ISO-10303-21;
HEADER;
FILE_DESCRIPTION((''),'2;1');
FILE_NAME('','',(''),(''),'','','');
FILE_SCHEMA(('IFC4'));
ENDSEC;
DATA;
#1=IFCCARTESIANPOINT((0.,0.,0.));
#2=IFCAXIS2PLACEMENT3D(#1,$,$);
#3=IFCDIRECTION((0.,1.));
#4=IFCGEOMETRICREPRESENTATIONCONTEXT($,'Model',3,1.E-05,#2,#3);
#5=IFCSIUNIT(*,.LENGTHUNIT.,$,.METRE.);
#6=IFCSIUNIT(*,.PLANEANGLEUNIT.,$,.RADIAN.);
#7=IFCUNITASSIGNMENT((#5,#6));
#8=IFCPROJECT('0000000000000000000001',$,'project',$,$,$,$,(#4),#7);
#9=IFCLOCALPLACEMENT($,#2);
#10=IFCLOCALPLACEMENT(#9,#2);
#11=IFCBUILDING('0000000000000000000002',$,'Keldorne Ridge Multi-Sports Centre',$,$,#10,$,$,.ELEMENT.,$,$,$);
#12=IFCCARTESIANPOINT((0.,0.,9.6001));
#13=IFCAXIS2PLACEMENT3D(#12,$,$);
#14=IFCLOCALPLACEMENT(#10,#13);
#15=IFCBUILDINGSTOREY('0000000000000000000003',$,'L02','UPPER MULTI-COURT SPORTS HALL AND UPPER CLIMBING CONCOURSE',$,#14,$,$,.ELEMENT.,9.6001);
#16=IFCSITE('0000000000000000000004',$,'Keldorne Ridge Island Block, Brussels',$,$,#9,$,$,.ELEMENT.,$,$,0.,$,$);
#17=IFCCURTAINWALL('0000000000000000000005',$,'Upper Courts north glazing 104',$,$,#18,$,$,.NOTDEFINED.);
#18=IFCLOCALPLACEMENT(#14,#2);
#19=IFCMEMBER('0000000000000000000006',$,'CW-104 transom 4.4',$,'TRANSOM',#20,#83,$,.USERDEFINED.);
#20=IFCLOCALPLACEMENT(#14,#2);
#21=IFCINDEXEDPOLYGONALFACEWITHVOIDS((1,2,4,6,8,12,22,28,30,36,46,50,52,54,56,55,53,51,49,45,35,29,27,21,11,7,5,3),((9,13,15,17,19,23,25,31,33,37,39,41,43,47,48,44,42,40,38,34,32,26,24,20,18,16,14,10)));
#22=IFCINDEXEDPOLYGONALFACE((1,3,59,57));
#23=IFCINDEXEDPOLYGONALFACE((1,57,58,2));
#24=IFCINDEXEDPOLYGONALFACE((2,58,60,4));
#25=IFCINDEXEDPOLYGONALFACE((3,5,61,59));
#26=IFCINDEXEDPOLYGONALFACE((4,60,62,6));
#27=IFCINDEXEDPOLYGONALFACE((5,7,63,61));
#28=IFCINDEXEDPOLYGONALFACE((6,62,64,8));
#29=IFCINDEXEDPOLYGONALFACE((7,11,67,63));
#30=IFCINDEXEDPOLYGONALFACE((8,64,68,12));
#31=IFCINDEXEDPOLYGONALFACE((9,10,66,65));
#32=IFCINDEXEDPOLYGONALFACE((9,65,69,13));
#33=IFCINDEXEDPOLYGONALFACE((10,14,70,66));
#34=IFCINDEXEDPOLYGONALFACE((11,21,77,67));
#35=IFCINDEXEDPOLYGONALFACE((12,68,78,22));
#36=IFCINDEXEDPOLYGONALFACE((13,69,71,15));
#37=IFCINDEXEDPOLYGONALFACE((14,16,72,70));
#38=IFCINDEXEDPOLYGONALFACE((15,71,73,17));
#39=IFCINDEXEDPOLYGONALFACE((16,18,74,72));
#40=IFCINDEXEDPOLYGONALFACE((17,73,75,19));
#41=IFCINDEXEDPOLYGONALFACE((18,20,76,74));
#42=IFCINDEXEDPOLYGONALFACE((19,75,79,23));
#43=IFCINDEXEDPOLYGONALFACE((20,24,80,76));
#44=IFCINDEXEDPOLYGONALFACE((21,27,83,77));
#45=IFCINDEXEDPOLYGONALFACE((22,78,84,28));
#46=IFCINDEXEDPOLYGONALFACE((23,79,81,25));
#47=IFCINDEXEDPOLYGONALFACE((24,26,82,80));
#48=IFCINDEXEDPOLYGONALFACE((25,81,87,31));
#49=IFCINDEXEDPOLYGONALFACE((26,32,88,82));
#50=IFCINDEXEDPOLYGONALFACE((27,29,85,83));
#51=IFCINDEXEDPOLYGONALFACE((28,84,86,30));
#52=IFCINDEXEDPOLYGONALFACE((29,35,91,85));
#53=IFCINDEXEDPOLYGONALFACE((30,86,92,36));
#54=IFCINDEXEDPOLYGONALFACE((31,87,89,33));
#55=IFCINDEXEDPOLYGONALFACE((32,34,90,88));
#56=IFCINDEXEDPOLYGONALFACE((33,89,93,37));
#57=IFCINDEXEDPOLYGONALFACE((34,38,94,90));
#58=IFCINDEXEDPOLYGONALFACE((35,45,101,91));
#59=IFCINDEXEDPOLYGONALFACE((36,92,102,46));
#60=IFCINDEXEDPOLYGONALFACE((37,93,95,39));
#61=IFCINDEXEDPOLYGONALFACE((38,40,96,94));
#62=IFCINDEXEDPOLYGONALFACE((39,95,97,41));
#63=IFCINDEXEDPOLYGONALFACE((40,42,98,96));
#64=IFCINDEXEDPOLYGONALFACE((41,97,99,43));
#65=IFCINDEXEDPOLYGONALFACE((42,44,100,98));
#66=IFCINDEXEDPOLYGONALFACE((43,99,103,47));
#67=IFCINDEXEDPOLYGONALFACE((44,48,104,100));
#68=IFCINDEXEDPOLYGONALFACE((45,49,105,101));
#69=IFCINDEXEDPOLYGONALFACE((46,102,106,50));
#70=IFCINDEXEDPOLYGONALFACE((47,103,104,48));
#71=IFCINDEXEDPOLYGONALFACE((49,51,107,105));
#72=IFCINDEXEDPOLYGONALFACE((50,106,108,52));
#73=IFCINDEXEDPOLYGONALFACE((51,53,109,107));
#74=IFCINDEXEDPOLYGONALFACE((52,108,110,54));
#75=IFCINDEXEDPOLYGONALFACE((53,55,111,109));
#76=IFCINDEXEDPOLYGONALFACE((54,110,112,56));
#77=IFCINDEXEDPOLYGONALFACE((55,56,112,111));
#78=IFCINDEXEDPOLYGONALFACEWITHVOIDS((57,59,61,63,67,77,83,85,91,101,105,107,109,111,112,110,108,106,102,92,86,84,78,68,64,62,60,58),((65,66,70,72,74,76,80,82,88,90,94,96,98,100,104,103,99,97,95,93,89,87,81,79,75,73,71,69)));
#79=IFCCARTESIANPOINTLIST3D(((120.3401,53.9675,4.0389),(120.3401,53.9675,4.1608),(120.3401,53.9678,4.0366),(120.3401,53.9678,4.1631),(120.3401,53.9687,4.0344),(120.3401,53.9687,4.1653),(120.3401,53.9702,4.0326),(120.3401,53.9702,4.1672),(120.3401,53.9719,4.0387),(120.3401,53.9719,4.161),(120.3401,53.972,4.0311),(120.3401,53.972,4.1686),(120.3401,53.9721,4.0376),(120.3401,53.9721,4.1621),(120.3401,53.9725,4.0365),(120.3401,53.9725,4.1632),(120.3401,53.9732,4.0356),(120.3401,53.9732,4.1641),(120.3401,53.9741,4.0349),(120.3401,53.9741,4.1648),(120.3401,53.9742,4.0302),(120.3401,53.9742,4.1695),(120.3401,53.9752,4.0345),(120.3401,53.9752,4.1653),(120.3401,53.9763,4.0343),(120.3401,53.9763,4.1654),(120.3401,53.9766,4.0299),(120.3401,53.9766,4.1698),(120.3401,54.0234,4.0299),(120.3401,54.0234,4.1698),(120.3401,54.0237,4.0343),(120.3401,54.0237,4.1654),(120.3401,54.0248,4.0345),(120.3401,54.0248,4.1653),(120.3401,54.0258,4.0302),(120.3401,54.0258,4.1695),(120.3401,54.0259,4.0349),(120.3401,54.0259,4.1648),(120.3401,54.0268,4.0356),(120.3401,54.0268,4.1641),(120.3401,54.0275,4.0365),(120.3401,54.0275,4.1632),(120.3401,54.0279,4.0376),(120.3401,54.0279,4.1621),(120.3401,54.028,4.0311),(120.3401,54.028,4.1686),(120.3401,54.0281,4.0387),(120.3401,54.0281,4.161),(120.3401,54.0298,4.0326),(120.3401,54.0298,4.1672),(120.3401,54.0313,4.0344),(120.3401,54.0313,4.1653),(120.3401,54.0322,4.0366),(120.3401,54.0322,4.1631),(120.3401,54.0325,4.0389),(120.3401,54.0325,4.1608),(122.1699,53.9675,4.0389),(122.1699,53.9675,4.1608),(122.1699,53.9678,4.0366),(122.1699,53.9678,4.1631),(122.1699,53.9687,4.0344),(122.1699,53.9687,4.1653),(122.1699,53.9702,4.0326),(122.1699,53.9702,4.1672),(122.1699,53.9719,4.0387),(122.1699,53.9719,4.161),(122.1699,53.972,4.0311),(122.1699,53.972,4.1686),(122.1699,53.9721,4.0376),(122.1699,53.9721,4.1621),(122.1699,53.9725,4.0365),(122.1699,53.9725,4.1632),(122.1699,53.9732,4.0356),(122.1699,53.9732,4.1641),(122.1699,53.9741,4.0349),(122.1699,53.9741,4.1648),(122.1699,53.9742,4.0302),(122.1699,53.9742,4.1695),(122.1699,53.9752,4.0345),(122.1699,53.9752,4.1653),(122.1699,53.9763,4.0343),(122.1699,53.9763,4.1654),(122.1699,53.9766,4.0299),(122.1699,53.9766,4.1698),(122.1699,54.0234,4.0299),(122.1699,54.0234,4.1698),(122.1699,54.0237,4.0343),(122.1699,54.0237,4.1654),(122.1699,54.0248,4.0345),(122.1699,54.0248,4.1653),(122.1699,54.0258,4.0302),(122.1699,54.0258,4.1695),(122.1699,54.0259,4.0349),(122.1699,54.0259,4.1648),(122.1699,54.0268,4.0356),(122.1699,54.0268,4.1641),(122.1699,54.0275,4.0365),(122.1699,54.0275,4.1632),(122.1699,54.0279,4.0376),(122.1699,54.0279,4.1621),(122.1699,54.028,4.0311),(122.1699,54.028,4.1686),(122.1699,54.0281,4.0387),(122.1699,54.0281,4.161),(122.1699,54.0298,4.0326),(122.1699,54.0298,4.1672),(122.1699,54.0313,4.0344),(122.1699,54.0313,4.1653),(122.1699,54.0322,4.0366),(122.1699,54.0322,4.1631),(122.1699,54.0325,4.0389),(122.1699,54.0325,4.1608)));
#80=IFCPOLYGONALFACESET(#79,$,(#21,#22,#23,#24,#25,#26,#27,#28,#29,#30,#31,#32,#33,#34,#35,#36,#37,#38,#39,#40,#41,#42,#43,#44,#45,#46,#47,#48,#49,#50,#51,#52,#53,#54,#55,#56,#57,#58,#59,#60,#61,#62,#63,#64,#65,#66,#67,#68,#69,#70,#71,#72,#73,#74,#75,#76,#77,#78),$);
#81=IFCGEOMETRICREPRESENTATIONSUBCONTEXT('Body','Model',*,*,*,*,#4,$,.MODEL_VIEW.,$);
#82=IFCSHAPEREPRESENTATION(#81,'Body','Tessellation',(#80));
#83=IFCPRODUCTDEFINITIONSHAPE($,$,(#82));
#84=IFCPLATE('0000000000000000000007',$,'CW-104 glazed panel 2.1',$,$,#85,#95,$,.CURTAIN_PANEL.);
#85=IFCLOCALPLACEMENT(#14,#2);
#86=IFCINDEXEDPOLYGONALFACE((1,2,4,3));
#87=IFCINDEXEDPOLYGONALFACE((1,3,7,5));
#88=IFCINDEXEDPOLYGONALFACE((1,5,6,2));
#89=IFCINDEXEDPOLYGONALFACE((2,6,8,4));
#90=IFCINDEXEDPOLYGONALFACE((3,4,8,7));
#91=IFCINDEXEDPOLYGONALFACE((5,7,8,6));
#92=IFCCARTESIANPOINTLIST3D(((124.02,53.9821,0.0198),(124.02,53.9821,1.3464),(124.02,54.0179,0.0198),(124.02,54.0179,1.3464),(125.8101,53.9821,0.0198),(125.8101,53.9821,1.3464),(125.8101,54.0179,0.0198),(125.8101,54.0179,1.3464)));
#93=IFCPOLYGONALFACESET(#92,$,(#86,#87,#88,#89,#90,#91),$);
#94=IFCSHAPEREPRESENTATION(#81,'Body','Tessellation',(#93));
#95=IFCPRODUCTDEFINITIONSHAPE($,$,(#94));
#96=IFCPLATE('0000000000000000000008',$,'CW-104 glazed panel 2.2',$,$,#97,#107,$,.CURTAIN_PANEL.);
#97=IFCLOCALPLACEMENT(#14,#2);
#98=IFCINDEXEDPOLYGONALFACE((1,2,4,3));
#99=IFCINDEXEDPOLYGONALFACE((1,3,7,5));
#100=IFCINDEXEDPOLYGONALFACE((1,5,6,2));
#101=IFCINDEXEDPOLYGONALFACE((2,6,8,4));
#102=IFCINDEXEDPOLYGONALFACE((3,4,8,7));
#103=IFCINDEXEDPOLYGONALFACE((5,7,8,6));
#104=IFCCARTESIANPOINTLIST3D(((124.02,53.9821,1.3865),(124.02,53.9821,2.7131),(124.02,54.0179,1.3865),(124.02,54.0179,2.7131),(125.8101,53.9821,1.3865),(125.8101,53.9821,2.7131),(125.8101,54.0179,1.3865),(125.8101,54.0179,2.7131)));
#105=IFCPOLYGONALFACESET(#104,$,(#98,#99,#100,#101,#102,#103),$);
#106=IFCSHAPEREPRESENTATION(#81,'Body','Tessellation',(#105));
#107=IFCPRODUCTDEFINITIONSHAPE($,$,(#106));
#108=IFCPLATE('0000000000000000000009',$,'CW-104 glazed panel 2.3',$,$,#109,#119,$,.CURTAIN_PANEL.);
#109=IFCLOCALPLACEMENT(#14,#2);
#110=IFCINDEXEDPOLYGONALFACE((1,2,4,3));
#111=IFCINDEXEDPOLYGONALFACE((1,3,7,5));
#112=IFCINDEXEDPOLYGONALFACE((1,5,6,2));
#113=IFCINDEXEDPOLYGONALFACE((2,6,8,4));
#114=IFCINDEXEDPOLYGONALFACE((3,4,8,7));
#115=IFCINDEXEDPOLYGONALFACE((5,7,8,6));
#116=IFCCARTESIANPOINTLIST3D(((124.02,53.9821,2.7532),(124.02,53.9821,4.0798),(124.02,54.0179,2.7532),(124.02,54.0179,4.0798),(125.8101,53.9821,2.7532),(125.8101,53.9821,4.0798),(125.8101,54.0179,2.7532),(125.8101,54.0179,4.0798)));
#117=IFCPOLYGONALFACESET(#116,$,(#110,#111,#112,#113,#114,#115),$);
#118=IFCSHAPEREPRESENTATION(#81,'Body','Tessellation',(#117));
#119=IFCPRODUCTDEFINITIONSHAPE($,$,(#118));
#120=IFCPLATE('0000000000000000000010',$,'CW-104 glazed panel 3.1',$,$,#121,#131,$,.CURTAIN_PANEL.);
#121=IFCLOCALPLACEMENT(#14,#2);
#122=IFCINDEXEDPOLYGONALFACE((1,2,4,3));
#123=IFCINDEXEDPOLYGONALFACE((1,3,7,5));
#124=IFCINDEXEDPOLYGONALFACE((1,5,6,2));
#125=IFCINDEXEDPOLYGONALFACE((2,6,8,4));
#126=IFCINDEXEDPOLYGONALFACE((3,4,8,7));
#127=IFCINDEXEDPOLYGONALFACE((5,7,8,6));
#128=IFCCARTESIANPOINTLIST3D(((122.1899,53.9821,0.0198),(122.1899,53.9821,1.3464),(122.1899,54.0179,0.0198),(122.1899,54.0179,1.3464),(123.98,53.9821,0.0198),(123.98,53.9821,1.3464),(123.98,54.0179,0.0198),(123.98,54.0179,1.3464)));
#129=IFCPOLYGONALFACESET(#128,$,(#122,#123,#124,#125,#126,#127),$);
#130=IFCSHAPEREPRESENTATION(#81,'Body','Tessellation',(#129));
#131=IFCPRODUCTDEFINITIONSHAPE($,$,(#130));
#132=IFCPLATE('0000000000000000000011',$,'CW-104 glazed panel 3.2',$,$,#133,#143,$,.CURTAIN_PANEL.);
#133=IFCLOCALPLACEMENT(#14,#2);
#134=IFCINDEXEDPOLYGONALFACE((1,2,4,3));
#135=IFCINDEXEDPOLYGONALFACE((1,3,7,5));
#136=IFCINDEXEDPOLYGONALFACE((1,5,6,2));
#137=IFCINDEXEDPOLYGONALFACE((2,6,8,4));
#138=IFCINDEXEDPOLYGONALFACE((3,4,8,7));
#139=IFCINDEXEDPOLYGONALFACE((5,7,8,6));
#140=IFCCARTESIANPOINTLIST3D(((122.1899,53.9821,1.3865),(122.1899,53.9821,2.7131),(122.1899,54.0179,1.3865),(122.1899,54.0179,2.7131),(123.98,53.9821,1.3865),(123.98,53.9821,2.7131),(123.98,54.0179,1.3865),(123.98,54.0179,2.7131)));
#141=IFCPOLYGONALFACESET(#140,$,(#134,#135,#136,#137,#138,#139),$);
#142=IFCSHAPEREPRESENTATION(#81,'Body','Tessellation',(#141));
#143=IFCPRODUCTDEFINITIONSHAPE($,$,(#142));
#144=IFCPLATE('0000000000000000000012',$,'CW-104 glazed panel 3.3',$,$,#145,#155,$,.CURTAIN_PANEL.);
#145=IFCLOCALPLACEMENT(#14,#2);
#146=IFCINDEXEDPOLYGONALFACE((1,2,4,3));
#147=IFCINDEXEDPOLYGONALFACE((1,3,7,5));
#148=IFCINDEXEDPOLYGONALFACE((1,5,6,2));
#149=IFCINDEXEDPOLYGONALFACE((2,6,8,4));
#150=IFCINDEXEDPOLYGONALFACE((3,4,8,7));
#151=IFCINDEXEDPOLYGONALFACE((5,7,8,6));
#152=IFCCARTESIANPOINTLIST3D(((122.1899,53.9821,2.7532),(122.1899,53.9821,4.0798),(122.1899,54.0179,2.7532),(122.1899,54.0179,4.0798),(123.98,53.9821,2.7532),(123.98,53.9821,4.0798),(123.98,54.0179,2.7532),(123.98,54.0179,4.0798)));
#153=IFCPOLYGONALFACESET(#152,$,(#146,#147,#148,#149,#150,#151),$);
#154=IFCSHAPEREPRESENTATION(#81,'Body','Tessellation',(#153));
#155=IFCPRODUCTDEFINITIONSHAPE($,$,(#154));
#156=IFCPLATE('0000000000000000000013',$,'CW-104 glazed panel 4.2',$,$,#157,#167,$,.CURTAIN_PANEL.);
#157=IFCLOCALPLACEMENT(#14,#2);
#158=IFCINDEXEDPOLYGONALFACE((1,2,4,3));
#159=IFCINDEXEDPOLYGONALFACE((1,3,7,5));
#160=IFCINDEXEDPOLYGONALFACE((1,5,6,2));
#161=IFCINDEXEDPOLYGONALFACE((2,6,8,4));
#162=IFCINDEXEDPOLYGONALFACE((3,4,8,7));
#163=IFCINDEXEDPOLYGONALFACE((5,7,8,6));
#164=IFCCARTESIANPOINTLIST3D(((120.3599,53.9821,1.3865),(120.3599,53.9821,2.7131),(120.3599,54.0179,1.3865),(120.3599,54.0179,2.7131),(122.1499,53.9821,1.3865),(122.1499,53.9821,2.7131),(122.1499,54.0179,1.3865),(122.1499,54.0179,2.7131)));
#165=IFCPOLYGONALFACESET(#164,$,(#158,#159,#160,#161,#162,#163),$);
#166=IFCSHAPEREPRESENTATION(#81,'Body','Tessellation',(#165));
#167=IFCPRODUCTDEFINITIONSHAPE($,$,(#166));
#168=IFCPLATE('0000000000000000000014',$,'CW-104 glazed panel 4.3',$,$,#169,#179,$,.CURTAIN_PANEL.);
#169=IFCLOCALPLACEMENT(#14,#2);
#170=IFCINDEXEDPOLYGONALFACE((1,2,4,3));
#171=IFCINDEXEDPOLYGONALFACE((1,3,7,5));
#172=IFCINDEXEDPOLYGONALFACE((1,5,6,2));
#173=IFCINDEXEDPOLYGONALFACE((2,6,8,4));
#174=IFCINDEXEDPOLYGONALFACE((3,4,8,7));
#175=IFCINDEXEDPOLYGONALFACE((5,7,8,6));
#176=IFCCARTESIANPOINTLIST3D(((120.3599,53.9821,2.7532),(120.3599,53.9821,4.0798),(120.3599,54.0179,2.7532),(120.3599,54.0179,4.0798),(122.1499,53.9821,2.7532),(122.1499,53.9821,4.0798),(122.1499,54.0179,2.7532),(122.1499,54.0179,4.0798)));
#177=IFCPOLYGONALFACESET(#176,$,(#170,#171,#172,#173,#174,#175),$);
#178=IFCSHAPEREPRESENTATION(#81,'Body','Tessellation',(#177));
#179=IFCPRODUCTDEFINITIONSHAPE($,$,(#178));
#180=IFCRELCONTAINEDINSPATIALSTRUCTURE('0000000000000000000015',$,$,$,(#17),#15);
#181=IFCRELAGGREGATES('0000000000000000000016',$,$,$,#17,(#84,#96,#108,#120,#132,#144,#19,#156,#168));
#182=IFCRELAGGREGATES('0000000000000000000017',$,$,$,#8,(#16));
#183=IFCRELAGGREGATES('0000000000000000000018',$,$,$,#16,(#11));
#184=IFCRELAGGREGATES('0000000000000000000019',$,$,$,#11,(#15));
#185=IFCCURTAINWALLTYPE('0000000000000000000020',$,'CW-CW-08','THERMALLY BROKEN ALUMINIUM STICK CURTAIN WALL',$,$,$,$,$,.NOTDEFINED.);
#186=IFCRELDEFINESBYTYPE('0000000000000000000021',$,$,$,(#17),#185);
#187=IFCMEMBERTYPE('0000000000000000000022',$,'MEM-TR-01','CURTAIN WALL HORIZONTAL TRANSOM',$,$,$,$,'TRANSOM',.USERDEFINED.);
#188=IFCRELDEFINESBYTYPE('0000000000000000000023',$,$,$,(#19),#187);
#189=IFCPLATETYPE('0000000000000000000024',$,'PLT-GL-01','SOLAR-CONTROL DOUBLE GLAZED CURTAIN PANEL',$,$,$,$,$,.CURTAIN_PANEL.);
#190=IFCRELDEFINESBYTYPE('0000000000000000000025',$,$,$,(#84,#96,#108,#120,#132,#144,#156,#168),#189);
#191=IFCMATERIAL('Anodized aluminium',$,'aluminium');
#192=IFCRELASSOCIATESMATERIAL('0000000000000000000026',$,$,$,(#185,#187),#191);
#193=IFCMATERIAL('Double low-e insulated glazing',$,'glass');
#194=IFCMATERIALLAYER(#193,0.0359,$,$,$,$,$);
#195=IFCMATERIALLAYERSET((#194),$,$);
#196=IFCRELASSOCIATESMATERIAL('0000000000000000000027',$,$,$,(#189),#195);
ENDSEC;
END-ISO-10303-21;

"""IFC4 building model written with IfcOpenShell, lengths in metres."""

from ifc_helpers import new_model, si_unit, direction, frame, origin, origin_2d, place, context, subcontext, project, spatial, rectangle, hollow_rectangle, extrude, material, layer, layer_set, material_profile, profile_set, type_object, element, aggregate, save


model = new_model("IFC4")

# Units and contexts
model_context = context("Model", 3, precision=1e-05, world=origin(), true_north=direction((0.0, 1.0)))
body_context = subcontext(model_context, "Body", "Model", "MODEL_VIEW")
ifc_project = project(units=[si_unit("LENGTHUNIT", "METRE"), si_unit("PLANEANGLEUNIT", "RADIAN")], contexts=[model_context])

# Site, building, storey
site_placement = place(None, origin())
site = spatial("IfcSite", under=ifc_project, at=site_placement, Name="Keldorne Ridge Island Block, Brussels", CompositionType="ELEMENT", RefElevation=0.0)
building_placement = place(site_placement, origin())
building = spatial("IfcBuilding", under=site, at=building_placement, Name="Keldorne Ridge Multi-Sports Centre", CompositionType="ELEMENT")
storey_placement = place(building_placement, frame((0.0, 0.0, 9.6001)))
storey = spatial("IfcBuildingStorey", under=building, at=storey_placement, Name="L02", Description="UPPER MULTI-COURT SPORTS HALL AND UPPER CLIMBING CONCOURSE", CompositionType="ELEMENT", Elevation=9.6001)

# Curtain wall, member, plates
ifc_material_1 = material(Name="Anodized aluminium", Category="aluminium")
curtain_wall_type = type_object("IfcCurtainWallType", Name="CW-CW-08", Description="THERMALLY BROKEN ALUMINIUM STICK CURTAIN WALL", PredefinedType="NOTDEFINED", material=ifc_material_1)
curtain_wall_placement = place(storey_placement, origin())
curtain_wall = element("IfcCurtainWall", 1, at=curtain_wall_placement, inside=storey, type_object=curtain_wall_type, Name="Upper Courts north glazing 104", PredefinedType="NOTDEFINED")
ifc_material_profile_1 = material_profile(ifc_material_1, hollow_rectangle(XDim=0.0649, YDim=0.1399, WallThickness=0.0044, InnerFilletRadius=0.0044, OuterFilletRadius=0.009, at=origin_2d()), Name="ALU TRANSOM 140x65x4.5")
ifc_profile_set_1 = profile_set([ifc_material_profile_1], Name="Anodized aluminium")
member_type_1 = type_object("IfcMemberType", Name="MEM-TR-01", Description="CURTAIN WALL HORIZONTAL TRANSOM", ElementType="TRANSOM", PredefinedType="USERDEFINED", material=ifc_profile_set_1)
member_1_placement = place(storey_placement, frame((122.1699, 54.0, 4.0999), z_axis=(-1.0, 0.0, 0.0), x_axis=(0.0, -1.0, 0.0)))
member_1 = element("IfcMember", 2, at=member_1_placement, type_object=member_type_1, Name="CW-104 transom 4.4", ObjectType="TRANSOM", PredefinedType="USERDEFINED", context=body_context, shape_type="SweptSolid", body=[
    extrude(hollow_rectangle(XDim=0.0649, YDim=0.1399, WallThickness=0.0044, InnerFilletRadius=0.0044, OuterFilletRadius=0.009, at=origin_2d()), origin(), (0.0, 0.0, 1.0), 1.8298),
])
ifc_material_2 = material(Name="Double low-e insulated glazing", Category="glass")
ifc_layer = layer(ifc_material_2, 0.0359)
ifc_layer_set = layer_set([ifc_layer])
plate_type = type_object("IfcPlateType", Name="PLT-GL-01", Description="SOLAR-CONTROL DOUBLE GLAZED CURTAIN PANEL", PredefinedType="CURTAIN_PANEL", material=ifc_layer_set)
plate_1_placement = place(storey_placement, frame((124.915, 54.0, 0.0198), z_axis=(0.0, 0.0, 1.0), x_axis=(-1.0, 0.0, 0.0)))
plate_1 = element("IfcPlate", 3, at=plate_1_placement, type_object=plate_type, Name="CW-104 glazed panel 2.1", PredefinedType="CURTAIN_PANEL", context=body_context, shape_type="SweptSolid", body=[
    extrude(rectangle(XDim=1.79, YDim=0.0359, at=origin_2d()), origin(), (0.0, 0.0, 1.0), 1.3267),
])
plate_2_placement = place(storey_placement, frame((124.915, 54.0, 1.3865), z_axis=(0.0, 0.0, 1.0), x_axis=(-1.0, 0.0, 0.0)))
plate_2 = element("IfcPlate", 4, at=plate_2_placement, type_object=plate_type, Name="CW-104 glazed panel 2.2", PredefinedType="CURTAIN_PANEL", context=body_context, shape_type="SweptSolid", body=[
    extrude(rectangle(XDim=1.79, YDim=0.0359, at=origin_2d()), origin(), (0.0, 0.0, 1.0), 1.3267),
])
plate_3_placement = place(storey_placement, frame((124.915, 54.0, 2.7532), z_axis=(0.0, 0.0, 1.0), x_axis=(-1.0, 0.0, 0.0)))
plate_3 = element("IfcPlate", 5, at=plate_3_placement, type_object=plate_type, Name="CW-104 glazed panel 2.3", PredefinedType="CURTAIN_PANEL", context=body_context, shape_type="SweptSolid", body=[
    extrude(rectangle(XDim=1.79, YDim=0.0359, at=origin_2d()), origin(), (0.0, 0.0, 1.0), 1.3267),
])
plate_4_placement = place(storey_placement, frame((123.085, 54.0, 0.0198), z_axis=(0.0, 0.0, 1.0), x_axis=(-1.0, 0.0, 0.0)))
plate_4 = element("IfcPlate", 6, at=plate_4_placement, type_object=plate_type, Name="CW-104 glazed panel 3.1", PredefinedType="CURTAIN_PANEL", context=body_context, shape_type="SweptSolid", body=[
    extrude(rectangle(XDim=1.79, YDim=0.0359, at=origin_2d()), origin(), (0.0, 0.0, 1.0), 1.3267),
])
plate_5_placement = place(storey_placement, frame((123.085, 54.0, 1.3865), z_axis=(0.0, 0.0, 1.0), x_axis=(-1.0, 0.0, 0.0)))
plate_5 = element("IfcPlate", 7, at=plate_5_placement, type_object=plate_type, Name="CW-104 glazed panel 3.2", PredefinedType="CURTAIN_PANEL", context=body_context, shape_type="SweptSolid", body=[
    extrude(rectangle(XDim=1.79, YDim=0.0359, at=origin_2d()), origin(), (0.0, 0.0, 1.0), 1.3267),
])
plate_6_placement = place(storey_placement, frame((123.085, 54.0, 2.7532), z_axis=(0.0, 0.0, 1.0), x_axis=(-1.0, 0.0, 0.0)))
plate_6 = element("IfcPlate", 8, at=plate_6_placement, type_object=plate_type, Name="CW-104 glazed panel 3.3", PredefinedType="CURTAIN_PANEL", context=body_context, shape_type="SweptSolid", body=[
    extrude(rectangle(XDim=1.79, YDim=0.0359, at=origin_2d()), origin(), (0.0, 0.0, 1.0), 1.3267),
])
plate_7_placement = place(storey_placement, frame((121.2549, 54.0, 1.3865), z_axis=(0.0, 0.0, 1.0), x_axis=(-1.0, 0.0, 0.0)))
plate_7 = element("IfcPlate", 9, at=plate_7_placement, type_object=plate_type, Name="CW-104 glazed panel 4.2", PredefinedType="CURTAIN_PANEL", context=body_context, shape_type="SweptSolid", body=[
    extrude(rectangle(XDim=1.79, YDim=0.0359, at=origin_2d()), origin(), (0.0, 0.0, 1.0), 1.3267),
])
plate_8_placement = place(storey_placement, frame((121.2549, 54.0, 2.7532), z_axis=(0.0, 0.0, 1.0), x_axis=(-1.0, 0.0, 0.0)))
plate_8 = element("IfcPlate", 10, at=plate_8_placement, type_object=plate_type, Name="CW-104 glazed panel 4.3", PredefinedType="CURTAIN_PANEL", context=body_context, shape_type="SweptSolid", body=[
    extrude(rectangle(XDim=1.79, YDim=0.0359, at=origin_2d()), origin(), (0.0, 0.0, 1.0), 1.3267),
])
aggregate(curtain_wall, [plate_1, plate_2, plate_3, plate_4, plate_5, plate_6, member_1, plate_7, plate_8])

save(model, "model.ifc")
